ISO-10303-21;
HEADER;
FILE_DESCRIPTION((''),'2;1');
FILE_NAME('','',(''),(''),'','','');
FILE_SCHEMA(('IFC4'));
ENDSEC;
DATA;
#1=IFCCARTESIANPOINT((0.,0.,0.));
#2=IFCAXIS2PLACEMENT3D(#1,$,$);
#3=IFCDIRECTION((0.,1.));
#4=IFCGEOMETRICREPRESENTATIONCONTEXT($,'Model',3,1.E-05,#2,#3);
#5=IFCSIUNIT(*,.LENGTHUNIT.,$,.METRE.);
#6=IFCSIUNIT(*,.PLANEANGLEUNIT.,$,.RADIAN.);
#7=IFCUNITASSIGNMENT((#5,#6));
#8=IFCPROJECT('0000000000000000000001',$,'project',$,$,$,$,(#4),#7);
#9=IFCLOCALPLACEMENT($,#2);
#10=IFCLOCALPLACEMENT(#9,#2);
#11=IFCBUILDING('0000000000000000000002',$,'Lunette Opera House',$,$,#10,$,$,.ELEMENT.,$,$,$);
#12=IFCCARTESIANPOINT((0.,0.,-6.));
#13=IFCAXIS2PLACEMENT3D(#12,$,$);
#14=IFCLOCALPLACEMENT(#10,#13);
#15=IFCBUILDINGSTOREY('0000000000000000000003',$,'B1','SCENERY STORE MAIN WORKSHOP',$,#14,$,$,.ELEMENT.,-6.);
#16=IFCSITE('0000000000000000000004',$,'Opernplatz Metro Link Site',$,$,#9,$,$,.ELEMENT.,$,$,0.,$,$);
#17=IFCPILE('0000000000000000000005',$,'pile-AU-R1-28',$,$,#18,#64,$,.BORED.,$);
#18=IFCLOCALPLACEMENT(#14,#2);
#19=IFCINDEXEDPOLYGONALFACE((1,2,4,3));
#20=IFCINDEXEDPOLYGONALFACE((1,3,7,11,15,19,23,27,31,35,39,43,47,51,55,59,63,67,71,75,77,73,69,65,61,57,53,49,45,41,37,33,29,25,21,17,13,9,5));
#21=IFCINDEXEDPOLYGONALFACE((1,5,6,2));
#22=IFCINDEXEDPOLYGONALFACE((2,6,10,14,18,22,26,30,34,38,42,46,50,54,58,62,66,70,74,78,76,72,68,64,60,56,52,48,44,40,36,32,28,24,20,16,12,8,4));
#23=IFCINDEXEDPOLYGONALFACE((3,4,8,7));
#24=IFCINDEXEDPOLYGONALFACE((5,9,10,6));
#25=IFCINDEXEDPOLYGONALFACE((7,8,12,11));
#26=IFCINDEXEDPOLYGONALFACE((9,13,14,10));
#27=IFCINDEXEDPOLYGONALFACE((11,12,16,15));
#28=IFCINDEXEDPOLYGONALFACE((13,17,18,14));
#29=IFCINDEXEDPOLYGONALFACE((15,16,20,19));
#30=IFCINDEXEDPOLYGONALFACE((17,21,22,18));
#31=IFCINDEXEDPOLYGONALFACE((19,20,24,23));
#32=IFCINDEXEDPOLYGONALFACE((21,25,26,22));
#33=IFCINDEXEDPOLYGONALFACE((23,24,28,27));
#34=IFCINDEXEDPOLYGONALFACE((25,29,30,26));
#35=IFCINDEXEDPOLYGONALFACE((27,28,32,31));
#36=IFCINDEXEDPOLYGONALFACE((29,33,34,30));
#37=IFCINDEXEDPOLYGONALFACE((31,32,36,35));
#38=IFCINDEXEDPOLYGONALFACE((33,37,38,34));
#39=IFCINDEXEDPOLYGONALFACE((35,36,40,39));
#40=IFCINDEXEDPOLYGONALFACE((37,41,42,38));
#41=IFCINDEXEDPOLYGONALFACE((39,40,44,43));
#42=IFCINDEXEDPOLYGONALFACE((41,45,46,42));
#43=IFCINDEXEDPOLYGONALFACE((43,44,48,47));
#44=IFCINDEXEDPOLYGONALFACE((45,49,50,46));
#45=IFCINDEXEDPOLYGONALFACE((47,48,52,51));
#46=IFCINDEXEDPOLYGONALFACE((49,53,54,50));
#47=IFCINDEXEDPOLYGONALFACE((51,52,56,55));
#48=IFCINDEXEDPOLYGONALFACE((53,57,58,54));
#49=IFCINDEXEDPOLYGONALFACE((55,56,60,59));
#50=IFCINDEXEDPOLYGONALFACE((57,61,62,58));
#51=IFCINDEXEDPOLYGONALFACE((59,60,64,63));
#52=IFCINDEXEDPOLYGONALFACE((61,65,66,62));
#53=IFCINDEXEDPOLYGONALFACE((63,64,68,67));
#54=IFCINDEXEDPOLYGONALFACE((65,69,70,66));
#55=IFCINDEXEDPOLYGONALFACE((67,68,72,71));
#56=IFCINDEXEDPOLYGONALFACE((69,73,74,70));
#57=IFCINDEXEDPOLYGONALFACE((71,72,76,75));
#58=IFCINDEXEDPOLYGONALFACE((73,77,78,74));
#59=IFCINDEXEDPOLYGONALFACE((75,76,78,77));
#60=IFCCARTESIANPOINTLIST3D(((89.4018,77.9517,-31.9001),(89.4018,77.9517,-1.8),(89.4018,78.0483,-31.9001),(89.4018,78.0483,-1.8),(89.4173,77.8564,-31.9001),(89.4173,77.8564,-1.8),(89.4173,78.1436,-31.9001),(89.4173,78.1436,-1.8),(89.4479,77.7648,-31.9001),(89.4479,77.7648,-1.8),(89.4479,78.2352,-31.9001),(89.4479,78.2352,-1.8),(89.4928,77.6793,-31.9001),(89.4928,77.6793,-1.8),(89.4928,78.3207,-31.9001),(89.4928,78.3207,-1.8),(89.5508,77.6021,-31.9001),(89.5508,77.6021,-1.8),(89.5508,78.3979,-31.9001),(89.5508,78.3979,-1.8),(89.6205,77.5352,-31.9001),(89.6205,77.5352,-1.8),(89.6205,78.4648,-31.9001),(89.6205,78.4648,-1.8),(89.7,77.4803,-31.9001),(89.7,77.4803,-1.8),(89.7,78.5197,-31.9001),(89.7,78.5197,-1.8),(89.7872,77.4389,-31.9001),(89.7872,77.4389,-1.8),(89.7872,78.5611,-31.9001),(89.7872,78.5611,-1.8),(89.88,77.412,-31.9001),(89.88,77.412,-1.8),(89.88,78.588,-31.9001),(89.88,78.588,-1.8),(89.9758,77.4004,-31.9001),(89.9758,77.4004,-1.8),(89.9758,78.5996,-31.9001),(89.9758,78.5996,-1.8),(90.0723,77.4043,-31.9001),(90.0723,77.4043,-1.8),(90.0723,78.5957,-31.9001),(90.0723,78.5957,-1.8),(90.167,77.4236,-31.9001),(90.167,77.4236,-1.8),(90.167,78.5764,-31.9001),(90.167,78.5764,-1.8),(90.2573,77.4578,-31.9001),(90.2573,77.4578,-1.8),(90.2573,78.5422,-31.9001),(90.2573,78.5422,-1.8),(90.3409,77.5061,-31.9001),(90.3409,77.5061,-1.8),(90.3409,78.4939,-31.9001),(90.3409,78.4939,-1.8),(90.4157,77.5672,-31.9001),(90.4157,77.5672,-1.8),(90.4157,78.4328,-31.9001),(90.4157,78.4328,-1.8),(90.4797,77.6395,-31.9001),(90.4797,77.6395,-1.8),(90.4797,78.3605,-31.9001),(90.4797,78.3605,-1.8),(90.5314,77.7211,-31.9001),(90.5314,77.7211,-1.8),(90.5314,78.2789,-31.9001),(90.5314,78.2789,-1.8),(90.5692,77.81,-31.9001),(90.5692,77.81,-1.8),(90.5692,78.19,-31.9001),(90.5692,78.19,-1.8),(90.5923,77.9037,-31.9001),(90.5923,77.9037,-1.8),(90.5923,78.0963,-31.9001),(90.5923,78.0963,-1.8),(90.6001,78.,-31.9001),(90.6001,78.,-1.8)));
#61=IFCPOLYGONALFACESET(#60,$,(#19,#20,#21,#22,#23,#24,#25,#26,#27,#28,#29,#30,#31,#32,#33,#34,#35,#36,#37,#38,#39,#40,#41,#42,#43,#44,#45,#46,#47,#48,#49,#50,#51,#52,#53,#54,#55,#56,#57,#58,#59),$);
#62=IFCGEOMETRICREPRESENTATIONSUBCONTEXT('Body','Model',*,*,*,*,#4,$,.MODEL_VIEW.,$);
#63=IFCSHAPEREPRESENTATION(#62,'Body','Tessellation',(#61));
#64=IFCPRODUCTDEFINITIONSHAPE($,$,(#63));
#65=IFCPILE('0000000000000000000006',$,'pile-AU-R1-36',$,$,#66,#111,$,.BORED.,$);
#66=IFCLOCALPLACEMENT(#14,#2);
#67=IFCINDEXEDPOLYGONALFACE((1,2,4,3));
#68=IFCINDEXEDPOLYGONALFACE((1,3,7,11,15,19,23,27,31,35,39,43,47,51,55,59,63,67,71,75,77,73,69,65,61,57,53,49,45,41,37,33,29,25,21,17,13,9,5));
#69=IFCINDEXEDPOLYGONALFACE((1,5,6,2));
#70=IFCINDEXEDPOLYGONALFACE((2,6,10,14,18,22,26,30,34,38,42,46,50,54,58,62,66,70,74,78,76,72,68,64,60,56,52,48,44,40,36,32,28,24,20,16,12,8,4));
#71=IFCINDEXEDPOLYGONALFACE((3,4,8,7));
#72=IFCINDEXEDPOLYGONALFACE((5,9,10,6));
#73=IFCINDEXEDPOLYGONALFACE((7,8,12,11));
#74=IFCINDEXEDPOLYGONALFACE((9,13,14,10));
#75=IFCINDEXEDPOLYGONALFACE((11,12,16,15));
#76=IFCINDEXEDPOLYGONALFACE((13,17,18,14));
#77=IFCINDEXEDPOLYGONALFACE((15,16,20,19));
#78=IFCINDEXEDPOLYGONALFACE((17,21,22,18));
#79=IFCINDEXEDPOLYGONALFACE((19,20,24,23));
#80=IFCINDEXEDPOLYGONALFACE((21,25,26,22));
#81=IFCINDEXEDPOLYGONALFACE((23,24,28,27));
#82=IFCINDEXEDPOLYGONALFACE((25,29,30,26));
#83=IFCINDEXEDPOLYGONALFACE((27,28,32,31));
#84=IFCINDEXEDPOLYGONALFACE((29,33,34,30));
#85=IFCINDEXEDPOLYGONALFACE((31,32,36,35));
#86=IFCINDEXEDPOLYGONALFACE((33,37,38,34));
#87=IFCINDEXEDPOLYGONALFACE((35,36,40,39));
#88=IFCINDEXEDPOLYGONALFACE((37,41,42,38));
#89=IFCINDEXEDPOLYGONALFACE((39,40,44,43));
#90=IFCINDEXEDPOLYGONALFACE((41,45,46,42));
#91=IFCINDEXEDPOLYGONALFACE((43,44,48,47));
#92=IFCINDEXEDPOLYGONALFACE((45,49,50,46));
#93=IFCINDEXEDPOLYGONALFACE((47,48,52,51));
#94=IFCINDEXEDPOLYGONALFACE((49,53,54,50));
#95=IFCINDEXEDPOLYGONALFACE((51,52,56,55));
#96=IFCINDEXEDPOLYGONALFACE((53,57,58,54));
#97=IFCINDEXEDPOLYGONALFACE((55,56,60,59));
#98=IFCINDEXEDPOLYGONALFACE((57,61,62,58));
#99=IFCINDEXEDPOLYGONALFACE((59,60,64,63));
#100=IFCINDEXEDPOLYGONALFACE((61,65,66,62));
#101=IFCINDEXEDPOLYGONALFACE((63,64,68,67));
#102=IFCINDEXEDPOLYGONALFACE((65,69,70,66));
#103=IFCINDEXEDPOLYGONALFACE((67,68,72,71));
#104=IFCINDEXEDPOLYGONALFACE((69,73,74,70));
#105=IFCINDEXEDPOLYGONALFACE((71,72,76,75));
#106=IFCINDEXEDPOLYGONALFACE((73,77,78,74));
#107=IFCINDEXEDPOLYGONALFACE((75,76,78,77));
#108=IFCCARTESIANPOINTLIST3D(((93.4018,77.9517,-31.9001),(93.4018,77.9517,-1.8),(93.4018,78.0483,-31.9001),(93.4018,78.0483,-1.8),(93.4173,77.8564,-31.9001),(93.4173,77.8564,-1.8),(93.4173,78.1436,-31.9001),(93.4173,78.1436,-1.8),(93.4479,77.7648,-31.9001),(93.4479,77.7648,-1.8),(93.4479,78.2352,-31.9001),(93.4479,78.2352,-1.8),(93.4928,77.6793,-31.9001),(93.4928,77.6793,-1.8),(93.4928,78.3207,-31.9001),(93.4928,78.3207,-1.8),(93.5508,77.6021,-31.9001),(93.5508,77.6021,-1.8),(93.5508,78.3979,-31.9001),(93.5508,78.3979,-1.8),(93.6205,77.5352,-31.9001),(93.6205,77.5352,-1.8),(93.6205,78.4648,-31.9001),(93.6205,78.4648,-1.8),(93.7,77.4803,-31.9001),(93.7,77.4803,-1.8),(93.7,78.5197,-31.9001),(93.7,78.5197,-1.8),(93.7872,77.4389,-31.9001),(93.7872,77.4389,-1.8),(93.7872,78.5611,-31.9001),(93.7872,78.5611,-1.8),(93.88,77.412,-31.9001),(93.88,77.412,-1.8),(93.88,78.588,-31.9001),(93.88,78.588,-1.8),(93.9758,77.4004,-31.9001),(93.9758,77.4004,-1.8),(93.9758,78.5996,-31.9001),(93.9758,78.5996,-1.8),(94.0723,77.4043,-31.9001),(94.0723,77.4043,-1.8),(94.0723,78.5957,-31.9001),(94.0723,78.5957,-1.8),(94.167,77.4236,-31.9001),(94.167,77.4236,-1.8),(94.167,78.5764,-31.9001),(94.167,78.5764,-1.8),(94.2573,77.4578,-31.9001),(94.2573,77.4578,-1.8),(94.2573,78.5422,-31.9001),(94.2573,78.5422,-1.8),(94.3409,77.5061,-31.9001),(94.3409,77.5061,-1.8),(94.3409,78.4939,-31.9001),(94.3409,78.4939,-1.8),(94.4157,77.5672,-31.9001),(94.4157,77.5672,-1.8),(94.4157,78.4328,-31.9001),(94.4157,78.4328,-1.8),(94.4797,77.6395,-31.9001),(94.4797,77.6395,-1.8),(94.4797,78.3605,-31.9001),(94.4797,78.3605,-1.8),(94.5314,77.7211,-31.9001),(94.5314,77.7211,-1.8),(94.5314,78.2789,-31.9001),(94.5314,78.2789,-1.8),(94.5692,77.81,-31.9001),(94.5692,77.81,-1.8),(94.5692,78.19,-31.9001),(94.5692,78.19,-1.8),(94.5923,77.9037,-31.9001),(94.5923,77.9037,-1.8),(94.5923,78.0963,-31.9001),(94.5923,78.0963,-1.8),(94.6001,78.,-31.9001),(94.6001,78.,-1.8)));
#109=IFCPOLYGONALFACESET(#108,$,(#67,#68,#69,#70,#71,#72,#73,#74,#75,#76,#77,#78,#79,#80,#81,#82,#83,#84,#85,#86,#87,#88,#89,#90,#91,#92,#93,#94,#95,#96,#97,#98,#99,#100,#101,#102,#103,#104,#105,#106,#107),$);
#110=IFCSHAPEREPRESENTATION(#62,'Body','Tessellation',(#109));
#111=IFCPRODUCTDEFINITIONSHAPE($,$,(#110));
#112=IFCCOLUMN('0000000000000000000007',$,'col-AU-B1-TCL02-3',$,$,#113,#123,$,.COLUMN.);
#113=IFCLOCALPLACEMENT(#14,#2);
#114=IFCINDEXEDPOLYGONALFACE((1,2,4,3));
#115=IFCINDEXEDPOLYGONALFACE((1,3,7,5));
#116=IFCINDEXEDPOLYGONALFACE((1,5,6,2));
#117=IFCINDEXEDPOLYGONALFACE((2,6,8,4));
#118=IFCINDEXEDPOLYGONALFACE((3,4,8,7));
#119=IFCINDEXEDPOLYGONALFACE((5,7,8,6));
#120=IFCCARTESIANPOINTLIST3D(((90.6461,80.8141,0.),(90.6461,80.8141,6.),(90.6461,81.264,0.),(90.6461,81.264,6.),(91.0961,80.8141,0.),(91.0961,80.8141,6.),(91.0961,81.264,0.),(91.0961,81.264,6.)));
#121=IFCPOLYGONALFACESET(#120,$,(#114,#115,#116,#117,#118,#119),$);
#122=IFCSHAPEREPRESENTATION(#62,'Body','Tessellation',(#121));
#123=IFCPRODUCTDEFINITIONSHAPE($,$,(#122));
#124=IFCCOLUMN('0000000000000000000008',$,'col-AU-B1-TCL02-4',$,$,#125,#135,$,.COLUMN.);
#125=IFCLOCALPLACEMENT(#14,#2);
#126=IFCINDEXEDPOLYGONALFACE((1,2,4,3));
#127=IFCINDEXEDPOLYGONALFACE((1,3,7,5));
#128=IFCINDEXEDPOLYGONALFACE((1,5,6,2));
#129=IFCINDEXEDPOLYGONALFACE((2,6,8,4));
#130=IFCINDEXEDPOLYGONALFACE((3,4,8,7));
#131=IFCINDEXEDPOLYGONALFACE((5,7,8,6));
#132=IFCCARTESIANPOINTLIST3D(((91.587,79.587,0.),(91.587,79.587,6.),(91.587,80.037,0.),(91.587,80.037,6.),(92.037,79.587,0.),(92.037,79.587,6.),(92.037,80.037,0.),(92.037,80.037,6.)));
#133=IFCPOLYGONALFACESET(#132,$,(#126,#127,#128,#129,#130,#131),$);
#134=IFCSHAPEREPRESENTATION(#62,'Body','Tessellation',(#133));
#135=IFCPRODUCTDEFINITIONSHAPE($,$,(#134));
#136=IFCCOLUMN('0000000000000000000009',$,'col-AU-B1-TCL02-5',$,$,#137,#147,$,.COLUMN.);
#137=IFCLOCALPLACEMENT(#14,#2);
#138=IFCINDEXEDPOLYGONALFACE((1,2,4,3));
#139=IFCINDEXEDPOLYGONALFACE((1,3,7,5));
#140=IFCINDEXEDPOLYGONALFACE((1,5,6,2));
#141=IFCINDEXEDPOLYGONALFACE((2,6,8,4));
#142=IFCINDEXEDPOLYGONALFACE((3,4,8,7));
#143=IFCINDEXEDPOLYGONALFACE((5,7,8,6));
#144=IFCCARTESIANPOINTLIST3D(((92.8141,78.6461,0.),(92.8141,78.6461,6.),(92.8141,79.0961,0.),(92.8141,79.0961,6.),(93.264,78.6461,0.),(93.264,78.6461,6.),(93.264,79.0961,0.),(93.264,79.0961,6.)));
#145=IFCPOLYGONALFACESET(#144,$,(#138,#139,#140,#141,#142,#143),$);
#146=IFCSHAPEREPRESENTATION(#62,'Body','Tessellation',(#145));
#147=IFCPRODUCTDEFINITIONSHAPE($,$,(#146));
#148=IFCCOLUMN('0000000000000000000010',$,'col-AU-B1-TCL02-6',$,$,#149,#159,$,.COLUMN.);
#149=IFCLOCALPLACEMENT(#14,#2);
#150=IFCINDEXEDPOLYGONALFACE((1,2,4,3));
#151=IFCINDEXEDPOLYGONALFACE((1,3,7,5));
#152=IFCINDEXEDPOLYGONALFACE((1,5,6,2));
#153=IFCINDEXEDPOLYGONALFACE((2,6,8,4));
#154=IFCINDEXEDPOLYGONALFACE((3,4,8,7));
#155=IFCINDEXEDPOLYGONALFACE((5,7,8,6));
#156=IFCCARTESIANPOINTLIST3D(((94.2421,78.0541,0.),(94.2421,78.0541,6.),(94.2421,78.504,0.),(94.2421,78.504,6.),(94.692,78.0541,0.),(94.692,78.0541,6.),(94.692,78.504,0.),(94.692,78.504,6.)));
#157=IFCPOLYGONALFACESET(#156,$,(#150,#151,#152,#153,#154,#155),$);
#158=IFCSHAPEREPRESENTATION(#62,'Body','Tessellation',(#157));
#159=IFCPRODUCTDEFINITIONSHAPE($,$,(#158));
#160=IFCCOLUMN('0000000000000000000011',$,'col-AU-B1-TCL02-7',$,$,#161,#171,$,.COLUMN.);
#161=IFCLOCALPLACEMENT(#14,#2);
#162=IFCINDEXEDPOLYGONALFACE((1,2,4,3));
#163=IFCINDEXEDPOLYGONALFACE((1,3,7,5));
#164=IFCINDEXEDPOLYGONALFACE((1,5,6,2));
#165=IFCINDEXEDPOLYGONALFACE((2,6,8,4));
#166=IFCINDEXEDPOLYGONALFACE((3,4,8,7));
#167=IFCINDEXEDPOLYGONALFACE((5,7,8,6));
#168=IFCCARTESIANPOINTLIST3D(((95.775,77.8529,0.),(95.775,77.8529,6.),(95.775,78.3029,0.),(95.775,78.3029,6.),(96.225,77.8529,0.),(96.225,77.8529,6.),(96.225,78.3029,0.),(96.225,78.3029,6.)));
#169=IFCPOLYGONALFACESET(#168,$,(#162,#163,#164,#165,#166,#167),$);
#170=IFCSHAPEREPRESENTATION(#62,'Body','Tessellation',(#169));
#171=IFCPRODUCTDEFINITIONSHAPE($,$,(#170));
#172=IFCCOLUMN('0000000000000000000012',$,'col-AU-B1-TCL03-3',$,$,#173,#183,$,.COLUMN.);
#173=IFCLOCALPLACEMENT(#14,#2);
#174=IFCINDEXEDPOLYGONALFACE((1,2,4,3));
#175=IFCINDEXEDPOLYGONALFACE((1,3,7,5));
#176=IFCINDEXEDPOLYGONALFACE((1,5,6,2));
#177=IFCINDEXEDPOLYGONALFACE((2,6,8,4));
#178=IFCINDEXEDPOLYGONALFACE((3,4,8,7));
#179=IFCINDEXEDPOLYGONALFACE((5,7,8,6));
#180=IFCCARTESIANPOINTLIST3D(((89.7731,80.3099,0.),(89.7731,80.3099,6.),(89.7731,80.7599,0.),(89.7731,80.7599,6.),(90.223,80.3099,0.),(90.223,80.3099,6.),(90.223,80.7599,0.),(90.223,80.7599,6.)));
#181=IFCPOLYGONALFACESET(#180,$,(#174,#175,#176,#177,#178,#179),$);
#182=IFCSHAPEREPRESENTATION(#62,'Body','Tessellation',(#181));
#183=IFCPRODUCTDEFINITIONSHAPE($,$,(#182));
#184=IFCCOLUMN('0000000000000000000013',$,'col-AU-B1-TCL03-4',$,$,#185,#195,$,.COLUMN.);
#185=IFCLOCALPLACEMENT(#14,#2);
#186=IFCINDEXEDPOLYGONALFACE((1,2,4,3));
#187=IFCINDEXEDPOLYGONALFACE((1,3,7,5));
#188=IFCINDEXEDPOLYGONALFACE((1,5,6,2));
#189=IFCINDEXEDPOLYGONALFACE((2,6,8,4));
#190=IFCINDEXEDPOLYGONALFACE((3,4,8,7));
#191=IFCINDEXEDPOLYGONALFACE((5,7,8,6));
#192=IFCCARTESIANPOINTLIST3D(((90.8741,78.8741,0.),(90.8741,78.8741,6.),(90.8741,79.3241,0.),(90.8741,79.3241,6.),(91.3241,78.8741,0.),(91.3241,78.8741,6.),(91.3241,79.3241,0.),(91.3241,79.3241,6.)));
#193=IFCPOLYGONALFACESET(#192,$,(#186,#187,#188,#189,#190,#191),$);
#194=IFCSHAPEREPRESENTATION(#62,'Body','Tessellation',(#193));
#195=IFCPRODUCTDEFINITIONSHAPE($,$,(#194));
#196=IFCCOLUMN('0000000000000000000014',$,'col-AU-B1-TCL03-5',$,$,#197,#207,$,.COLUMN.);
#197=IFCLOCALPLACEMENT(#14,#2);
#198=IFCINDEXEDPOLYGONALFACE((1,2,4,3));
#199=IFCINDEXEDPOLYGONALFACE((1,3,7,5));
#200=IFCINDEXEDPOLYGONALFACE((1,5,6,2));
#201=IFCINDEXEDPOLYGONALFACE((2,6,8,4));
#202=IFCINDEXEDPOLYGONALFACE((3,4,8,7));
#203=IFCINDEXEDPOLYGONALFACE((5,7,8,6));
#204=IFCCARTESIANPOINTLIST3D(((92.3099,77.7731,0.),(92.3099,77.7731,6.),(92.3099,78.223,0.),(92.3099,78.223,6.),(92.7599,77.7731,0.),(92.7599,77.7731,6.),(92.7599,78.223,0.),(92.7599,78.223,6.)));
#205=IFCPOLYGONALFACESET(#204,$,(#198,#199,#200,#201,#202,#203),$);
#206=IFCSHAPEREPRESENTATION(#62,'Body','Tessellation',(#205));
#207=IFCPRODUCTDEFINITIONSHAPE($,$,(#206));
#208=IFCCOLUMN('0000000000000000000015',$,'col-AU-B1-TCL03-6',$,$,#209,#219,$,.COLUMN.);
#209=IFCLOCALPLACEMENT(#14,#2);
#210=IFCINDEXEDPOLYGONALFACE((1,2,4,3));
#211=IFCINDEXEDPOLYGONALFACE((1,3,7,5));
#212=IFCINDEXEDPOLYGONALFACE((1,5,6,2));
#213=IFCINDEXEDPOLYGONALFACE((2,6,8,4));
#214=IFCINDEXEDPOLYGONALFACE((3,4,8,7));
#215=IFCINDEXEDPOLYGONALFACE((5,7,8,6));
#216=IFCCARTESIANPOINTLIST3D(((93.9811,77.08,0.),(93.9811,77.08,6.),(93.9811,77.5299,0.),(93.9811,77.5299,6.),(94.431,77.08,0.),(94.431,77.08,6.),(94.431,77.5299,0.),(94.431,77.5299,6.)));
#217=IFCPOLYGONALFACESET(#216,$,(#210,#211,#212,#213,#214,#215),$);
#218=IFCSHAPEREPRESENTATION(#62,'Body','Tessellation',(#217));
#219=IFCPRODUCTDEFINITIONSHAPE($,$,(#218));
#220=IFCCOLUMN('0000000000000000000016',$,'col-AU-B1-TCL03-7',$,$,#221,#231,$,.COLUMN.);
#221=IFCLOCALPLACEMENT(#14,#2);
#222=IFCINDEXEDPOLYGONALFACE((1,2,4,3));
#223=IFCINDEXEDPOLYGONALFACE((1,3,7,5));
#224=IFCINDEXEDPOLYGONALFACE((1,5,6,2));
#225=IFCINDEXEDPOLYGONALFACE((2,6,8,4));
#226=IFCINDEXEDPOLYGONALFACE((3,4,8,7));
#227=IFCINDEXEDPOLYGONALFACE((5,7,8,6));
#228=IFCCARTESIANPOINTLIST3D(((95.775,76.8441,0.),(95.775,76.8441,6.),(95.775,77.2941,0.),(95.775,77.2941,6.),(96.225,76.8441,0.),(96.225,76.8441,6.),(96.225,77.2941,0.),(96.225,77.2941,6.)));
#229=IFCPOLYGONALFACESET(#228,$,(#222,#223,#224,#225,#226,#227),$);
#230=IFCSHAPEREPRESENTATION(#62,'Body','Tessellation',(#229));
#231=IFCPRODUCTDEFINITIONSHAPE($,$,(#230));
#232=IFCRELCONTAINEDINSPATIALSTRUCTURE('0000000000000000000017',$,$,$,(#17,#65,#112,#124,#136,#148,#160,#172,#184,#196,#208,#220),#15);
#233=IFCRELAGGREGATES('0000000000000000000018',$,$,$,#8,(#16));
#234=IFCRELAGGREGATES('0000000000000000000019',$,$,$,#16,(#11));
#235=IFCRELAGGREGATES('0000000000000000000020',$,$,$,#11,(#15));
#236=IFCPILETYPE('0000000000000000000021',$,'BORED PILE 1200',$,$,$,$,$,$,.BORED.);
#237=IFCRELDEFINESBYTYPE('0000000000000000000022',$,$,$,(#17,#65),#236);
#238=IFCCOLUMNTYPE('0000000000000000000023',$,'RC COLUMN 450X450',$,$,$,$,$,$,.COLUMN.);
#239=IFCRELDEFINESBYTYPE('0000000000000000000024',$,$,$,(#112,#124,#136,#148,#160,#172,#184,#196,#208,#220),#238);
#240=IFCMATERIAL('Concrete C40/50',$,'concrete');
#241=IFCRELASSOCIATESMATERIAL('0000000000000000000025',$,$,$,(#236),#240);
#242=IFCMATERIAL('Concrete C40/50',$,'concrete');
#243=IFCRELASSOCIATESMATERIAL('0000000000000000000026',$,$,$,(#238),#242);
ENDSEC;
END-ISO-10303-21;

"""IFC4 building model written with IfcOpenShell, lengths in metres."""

from ifc_helpers import new_model, si_unit, direction, frame, origin, origin_2d, place, context, subcontext, project, spatial, rectangle, circle, extrude, material, material_profile, profile_set, type_object, element, save


model = new_model("IFC4")

# Units and contexts
model_context = context("Model", 3, precision=1e-05, world=origin(), true_north=direction((0.0, 1.0)))
body_context = subcontext(model_context, "Body", "Model", "MODEL_VIEW")
ifc_project = project(units=[si_unit("LENGTHUNIT", "METRE"), si_unit("PLANEANGLEUNIT", "RADIAN")], contexts=[model_context])

# Site, building, storey
site_placement = place(None, origin())
site = spatial("IfcSite", under=ifc_project, at=site_placement, Name="Opernplatz Metro Link Site", CompositionType="ELEMENT", RefElevation=0.0)
building_placement = place(site_placement, origin())
building = spatial("IfcBuilding", under=site, at=building_placement, Name="Lunette Opera House", CompositionType="ELEMENT")
storey_placement = place(building_placement, frame((0.0, 0.0, -6.0)))
storey = spatial("IfcBuildingStorey", under=building, at=storey_placement, Name="B1", Description="SCENERY STORE MAIN WORKSHOP", CompositionType="ELEMENT", Elevation=-6.0)

# Piles
ifc_material_1 = material(Name="Concrete C40/50", Category="concrete")
ifc_material_profile_1 = material_profile(ifc_material_1, circle(Radius=0.6001, at=origin_2d()), Name="BORED PILE 1200")
ifc_profile_set_1 = profile_set([ifc_material_profile_1], Name="Concrete C40/50")
pile_type = type_object("IfcPileType", Name="BORED PILE 1200", PredefinedType="BORED", material=ifc_profile_set_1)
for number, where, z_axis, x_axis, name in (
    (1, (90.0, 78.0, -1.8), (0.0, 0.0, -1.0), (1.0, 0.0, 0.0), "pile-AU-R1-28"),
    (2, (94.0, 78.0, -1.8), (0.0, 0.0, -1.0), (1.0, 0.0, 0.0), "pile-AU-R1-36"),
):
    element("IfcPile", number, at=place(storey_placement, frame(where, z_axis=z_axis, x_axis=x_axis)), inside=storey, type_object=pile_type, Name=name, PredefinedType="BORED", context=body_context, shape_type="SweptSolid", body=[
        extrude(circle(Radius=0.6001, at=origin_2d()), origin(), (0.0, 0.0, 1.0), 30.1001),
    ])

# Columns
ifc_material_2 = material(Name="Concrete C40/50", Category="concrete")
ifc_material_profile_2 = material_profile(ifc_material_2, rectangle(XDim=0.45, YDim=0.45, at=origin_2d()), Name="RC COLUMN 450X450")
ifc_profile_set_2 = profile_set([ifc_material_profile_2], Name="Concrete C40/50")
column_type_1 = type_object("IfcColumnType", Name="RC COLUMN 450X450", PredefinedType="COLUMN", material=ifc_profile_set_2)
for number, where, z_axis, x_axis, name in (
    (3, (90.8711, 81.0391, 0.0), (0.0, 0.0, 1.0), (1.0, 0.0, 0.0), "col-AU-B1-TCL02-3"),
    (4, (91.812, 79.812, 0.0), (0.0, 0.0, 1.0), (1.0, 0.0, 0.0), "col-AU-B1-TCL02-4"),
    (5, (93.0391, 78.8711, 0.0), (0.0, 0.0, 1.0), (1.0, 0.0, 0.0), "col-AU-B1-TCL02-5"),
    (6, (94.467, 78.2791, 0.0), (0.0, 0.0, 1.0), (1.0, 0.0, 0.0), "col-AU-B1-TCL02-6"),
    (7, (96.0, 78.0779, 0.0), (0.0, 0.0, 1.0), (1.0, 0.0, 0.0), "col-AU-B1-TCL02-7"),
    (8, (89.998, 80.5349, 0.0), (0.0, 0.0, 1.0), (1.0, 0.0, 0.0), "col-AU-B1-TCL03-3"),
    (9, (91.0991, 79.0991, 0.0), (0.0, 0.0, 1.0), (1.0, 0.0, 0.0), "col-AU-B1-TCL03-4"),
    (10, (92.5349, 77.998, 0.0), (0.0, 0.0, 1.0), (1.0, 0.0, 0.0), "col-AU-B1-TCL03-5"),
    (11, (94.2061, 77.3049, 0.0), (0.0, 0.0, 1.0), (1.0, 0.0, 0.0), "col-AU-B1-TCL03-6"),
    (12, (96.0, 77.0691, 0.0), (0.0, 0.0, 1.0), (1.0, 0.0, 0.0), "col-AU-B1-TCL03-7"),
):
    element("IfcColumn", number, at=place(storey_placement, frame(where, z_axis=z_axis, x_axis=x_axis)), inside=storey, type_object=column_type_1, Name=name, PredefinedType="COLUMN", context=body_context, shape_type="SweptSolid", body=[
        extrude(rectangle(XDim=0.45, YDim=0.45, at=origin_2d()), origin(), (0.0, 0.0, 1.0), 6.0),
    ])

save(model, "model.ifc")
